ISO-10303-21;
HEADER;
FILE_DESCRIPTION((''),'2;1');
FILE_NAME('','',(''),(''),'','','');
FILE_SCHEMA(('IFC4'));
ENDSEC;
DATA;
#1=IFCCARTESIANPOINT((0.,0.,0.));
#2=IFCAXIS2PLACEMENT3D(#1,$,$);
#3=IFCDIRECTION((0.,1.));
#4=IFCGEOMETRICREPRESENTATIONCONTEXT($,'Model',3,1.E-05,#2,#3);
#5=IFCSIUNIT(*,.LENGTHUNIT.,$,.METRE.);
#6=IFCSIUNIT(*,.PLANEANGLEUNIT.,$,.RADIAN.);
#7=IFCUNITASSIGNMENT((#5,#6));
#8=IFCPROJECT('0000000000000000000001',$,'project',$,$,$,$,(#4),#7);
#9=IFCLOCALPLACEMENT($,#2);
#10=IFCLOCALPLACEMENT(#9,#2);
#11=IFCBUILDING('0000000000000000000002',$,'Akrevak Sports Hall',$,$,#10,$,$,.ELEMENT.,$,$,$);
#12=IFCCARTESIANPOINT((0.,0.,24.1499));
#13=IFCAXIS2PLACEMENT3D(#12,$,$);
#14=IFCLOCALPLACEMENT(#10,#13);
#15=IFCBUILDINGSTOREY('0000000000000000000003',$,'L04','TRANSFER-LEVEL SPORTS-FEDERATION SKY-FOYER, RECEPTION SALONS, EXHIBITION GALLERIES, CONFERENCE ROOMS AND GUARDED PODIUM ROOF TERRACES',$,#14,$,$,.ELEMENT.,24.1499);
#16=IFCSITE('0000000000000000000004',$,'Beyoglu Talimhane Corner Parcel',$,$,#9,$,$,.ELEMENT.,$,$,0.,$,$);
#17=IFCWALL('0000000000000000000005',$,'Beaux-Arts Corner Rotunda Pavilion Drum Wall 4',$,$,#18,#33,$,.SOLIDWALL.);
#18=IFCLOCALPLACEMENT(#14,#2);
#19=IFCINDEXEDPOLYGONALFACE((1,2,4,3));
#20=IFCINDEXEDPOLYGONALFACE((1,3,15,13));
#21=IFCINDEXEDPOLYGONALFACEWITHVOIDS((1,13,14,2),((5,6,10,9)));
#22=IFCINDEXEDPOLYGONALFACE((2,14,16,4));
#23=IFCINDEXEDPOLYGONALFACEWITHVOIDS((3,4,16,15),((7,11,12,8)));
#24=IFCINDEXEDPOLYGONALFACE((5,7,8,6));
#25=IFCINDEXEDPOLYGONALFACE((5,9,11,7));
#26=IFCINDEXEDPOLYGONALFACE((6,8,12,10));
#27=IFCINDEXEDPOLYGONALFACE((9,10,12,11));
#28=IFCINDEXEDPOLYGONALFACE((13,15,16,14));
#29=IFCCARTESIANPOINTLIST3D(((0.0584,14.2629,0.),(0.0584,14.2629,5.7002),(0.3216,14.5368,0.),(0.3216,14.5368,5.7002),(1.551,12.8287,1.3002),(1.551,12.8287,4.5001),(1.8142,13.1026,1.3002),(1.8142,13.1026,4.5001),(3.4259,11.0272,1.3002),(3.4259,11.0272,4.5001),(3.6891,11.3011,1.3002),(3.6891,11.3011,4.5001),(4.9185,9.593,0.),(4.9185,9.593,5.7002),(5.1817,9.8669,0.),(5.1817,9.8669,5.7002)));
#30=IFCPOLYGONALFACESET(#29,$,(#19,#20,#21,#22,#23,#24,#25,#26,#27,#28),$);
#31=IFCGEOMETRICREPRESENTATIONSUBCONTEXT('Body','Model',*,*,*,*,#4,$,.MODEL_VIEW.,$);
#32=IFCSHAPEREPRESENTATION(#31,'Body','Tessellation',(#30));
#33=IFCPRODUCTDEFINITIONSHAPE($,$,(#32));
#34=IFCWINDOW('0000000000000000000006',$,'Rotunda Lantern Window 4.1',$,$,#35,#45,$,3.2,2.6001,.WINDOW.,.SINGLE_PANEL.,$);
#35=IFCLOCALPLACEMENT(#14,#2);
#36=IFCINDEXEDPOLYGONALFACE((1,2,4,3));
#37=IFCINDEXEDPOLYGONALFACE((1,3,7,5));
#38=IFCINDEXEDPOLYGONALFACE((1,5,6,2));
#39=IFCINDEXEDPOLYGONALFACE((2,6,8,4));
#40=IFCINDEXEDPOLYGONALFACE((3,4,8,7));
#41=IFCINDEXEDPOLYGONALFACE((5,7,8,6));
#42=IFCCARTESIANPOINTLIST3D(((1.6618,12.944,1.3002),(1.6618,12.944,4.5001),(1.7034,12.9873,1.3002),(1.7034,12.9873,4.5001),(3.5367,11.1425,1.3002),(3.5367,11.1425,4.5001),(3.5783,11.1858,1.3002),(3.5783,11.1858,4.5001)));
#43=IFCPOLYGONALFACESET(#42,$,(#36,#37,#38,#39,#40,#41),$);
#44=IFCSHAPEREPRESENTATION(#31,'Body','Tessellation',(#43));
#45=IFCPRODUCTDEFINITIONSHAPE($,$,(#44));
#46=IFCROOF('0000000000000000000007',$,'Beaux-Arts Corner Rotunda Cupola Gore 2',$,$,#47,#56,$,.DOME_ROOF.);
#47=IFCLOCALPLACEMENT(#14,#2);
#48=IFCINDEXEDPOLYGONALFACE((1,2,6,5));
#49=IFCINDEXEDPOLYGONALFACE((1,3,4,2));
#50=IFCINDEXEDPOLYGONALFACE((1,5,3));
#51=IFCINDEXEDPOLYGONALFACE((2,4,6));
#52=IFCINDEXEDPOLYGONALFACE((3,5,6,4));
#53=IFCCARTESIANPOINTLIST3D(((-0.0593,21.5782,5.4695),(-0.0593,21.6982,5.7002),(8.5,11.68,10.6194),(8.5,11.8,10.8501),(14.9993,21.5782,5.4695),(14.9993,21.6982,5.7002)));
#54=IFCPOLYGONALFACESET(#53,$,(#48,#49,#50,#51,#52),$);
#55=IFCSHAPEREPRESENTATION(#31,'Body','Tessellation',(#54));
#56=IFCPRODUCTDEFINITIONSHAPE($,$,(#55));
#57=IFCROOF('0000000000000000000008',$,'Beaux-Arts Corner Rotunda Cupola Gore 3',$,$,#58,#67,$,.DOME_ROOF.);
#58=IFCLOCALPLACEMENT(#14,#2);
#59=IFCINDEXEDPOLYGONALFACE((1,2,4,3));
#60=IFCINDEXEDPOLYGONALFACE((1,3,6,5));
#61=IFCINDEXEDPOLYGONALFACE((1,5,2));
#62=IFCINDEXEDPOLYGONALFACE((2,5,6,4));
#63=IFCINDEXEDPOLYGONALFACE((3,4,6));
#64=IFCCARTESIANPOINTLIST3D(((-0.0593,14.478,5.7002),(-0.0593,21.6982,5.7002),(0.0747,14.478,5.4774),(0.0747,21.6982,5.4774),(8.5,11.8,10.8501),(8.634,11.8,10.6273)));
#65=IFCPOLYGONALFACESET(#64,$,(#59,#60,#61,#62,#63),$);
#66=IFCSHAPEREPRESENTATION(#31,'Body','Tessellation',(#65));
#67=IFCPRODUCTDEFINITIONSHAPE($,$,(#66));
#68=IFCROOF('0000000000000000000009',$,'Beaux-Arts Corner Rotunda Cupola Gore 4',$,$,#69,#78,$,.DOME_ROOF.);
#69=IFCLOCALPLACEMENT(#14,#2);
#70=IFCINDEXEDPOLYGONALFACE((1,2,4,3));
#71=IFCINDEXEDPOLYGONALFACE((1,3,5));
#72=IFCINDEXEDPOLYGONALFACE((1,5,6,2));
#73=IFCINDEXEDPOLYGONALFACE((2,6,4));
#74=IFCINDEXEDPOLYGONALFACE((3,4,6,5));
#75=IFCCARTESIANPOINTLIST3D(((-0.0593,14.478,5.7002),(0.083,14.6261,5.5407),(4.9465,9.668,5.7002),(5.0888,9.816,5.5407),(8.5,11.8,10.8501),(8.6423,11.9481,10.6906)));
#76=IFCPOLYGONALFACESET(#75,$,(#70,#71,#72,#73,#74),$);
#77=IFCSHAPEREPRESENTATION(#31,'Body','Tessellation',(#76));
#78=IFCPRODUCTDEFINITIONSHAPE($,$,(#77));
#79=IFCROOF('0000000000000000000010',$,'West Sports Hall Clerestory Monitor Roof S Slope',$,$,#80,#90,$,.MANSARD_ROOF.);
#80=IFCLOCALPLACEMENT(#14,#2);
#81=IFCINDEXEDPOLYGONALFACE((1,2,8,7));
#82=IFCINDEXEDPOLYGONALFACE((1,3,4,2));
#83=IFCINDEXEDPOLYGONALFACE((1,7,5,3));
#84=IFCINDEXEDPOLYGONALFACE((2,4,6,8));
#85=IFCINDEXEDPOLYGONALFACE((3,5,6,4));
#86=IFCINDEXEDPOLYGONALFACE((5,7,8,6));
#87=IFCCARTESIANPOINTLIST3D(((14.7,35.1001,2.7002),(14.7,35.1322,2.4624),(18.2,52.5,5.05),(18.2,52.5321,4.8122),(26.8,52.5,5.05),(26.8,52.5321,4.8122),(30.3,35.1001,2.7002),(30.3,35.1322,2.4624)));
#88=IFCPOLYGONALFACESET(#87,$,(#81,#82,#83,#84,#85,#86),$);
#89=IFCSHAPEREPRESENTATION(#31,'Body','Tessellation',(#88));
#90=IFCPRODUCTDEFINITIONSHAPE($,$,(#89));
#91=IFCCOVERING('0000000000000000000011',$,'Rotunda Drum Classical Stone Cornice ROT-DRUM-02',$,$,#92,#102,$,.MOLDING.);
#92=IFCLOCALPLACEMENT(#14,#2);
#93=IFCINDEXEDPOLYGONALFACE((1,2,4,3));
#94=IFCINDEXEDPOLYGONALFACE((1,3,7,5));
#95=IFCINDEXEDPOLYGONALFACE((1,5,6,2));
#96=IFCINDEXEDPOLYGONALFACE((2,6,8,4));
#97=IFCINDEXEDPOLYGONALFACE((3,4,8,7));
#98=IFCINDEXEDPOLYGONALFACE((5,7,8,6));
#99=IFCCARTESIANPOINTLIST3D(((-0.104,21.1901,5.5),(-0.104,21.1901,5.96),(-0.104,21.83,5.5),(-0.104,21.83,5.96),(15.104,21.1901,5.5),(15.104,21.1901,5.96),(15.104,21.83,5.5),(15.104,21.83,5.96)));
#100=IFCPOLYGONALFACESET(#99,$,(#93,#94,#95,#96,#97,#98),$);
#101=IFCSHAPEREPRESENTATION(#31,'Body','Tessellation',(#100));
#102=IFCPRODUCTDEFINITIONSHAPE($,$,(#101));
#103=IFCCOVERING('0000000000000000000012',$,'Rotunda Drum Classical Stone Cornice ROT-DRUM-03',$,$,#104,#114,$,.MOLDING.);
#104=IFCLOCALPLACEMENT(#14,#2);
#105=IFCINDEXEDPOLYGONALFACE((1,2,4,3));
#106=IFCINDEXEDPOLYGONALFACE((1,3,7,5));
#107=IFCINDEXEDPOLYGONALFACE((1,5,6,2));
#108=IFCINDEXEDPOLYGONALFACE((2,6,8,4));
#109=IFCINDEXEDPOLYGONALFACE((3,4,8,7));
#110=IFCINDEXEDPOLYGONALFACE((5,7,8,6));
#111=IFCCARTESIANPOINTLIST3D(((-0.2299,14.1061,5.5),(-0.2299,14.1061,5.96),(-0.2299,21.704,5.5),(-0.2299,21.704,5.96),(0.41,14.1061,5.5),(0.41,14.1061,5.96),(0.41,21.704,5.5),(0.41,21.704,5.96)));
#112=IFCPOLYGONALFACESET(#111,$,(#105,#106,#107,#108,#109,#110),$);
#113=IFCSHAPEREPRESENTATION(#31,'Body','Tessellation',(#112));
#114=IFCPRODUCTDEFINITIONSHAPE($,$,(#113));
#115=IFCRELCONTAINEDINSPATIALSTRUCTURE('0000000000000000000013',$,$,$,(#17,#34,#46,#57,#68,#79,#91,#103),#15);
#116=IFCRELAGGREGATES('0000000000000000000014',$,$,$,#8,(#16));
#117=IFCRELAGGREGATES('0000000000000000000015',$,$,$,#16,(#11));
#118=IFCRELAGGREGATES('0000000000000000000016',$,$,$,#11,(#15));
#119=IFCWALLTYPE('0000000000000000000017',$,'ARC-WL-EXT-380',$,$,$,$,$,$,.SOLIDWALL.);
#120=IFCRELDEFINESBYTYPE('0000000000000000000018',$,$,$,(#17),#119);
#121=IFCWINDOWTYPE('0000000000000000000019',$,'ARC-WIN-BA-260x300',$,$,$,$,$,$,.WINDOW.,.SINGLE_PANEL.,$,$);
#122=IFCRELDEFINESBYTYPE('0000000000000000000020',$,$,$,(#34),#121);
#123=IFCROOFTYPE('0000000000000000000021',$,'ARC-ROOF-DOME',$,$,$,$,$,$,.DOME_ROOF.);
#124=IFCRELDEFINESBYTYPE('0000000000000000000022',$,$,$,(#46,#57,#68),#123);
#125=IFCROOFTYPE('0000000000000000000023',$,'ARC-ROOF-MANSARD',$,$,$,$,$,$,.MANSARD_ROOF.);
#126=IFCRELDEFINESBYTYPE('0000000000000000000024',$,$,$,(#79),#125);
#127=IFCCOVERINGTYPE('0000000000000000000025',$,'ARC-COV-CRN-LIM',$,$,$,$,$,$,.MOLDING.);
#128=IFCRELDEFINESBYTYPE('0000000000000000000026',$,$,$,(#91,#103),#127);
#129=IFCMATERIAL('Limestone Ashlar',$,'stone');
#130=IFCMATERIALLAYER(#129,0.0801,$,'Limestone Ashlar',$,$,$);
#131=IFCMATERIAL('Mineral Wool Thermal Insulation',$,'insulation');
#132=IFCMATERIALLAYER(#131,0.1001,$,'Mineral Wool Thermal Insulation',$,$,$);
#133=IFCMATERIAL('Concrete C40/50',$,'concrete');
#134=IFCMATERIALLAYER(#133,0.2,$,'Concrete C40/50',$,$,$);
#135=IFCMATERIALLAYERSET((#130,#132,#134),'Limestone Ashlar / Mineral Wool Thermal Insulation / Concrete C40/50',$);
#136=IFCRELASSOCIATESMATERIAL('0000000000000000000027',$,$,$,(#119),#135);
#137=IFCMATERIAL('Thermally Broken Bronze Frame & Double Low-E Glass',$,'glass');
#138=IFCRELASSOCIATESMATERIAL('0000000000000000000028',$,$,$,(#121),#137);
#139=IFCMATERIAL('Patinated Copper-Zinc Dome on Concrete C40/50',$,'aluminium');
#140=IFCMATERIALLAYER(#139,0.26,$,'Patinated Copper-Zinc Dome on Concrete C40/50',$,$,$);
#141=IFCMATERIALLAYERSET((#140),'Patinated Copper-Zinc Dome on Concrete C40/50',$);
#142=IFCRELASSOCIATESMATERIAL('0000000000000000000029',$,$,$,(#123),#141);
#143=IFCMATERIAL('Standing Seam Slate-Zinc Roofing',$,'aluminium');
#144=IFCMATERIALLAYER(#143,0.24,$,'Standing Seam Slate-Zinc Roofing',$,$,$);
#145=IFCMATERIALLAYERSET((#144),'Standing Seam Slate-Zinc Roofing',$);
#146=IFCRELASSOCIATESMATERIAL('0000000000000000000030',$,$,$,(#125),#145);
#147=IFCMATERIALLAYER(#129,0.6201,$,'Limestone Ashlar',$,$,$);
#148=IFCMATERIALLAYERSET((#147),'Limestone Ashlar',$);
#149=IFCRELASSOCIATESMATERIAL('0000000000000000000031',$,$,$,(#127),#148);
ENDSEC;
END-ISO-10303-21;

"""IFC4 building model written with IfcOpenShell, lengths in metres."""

from ifc_helpers import new_model, si_unit, direction, frame, frame_2d, origin, origin_2d, place, context, subcontext, project, spatial, polyline, rectangle, outline, extrude, material, layer, layer_set, type_object, element, fill, save


model = new_model("IFC4")

# Units and contexts
model_context = context("Model", 3, precision=1e-05, world=origin(), true_north=direction((0.0, 1.0)))
body_context = subcontext(model_context, "Body", "Model", "MODEL_VIEW")
ifc_project = project(units=[si_unit("LENGTHUNIT", "METRE"), si_unit("PLANEANGLEUNIT", "RADIAN")], contexts=[model_context])

# Site, building, storey
site_placement = place(None, origin())
site = spatial("IfcSite", under=ifc_project, at=site_placement, Name="Beyoglu Talimhane Corner Parcel", CompositionType="ELEMENT", RefElevation=0.0)
building_placement = place(site_placement, origin())
building = spatial("IfcBuilding", under=site, at=building_placement, Name="Akrevak Sports Hall", CompositionType="ELEMENT")
storey_placement = place(building_placement, frame((0.0, 0.0, 24.1499)))
storey = spatial("IfcBuildingStorey", under=building, at=storey_placement, Name="L04", Description="TRANSFER-LEVEL SPORTS-FEDERATION SKY-FOYER, RECEPTION SALONS, EXHIBITION GALLERIES, CONFERENCE ROOMS AND GUARDED PODIUM ROOF TERRACES", CompositionType="ELEMENT", Elevation=24.1499)

# Shared definitions
ifc_material_1 = material(Name="Concrete C40/50", Category="concrete")

# Shared definitions
ifc_material_2 = material(Name="Limestone Ashlar", Category="stone")
ifc_layer_1 = layer(ifc_material_2, 0.0801, Name="Limestone Ashlar")
ifc_material_3 = material(Name="Mineral Wool Thermal Insulation", Category="insulation")
ifc_layer_2 = layer(ifc_material_3, 0.1001, Name="Mineral Wool Thermal Insulation")
ifc_layer_3 = layer(ifc_material_1, 0.2, Name="Concrete C40/50")
ifc_layer_set_1 = layer_set([ifc_layer_1, ifc_layer_2, ifc_layer_3], Name="Limestone Ashlar / Mineral Wool Thermal Insulation / Concrete C40/50")
wall_type = type_object("IfcWallType", Name="ARC-WL-EXT-380", PredefinedType="SOLIDWALL", material=ifc_layer_set_1)
ifc_material_4 = material(Name="Thermally Broken Bronze Frame & Double Low-E Glass", Category="glass")
window_type = type_object("IfcWindowType", Name="ARC-WIN-BA-260x300", PartitioningType="SINGLE_PANEL", PredefinedType="WINDOW", material=ifc_material_4)

# Wall, opening, window
wall_1_placement = place(storey_placement, frame((0.1899, 14.3999, 0.0), z_axis=(0.0, 0.0, 1.0), x_axis=(0.721075, -0.692857, 0.0)))
wall_1 = element("IfcWall", 1, at=wall_1_placement, inside=storey, type_object=wall_type, Name="Beaux-Arts Corner Rotunda Pavilion Drum Wall 4", PredefinedType="SOLIDWALL", context=body_context, shape_type="SweptSolid", body=[
    extrude(rectangle(XDim=6.74, YDim=0.3799, at=frame_2d((3.3701, 0.0))), origin(), (0.0, 0.0, 1.0), 5.7002),
])
opening_1_placement = place(wall_1_placement, frame((2.0701, 0.0, 1.3)))
opening_1 = element("IfcOpeningElement", 2, at=opening_1_placement, cuts=wall_1, PredefinedType="OPENING", context=body_context, shape_type="SweptSolid", body=[
    extrude(rectangle(XDim=2.6001, YDim=3.2, at=frame_2d((1.3, 1.6001))), frame((0.0, 0.2019, 0.0), z_axis=(0.0, -1.0, 0.0), x_axis=(1.0, 0.0, 0.0)), (0.0, 0.0, 1.0), 0.4038),
])
window_1_placement = place(opening_1_placement, origin())
window_1 = element("IfcWindow", 3, at=window_1_placement, inside=storey, type_object=window_type, Name="Rotunda Lantern Window 4.1", OverallHeight=3.2, OverallWidth=2.6001, PartitioningType="SINGLE_PANEL", PredefinedType="WINDOW", context=body_context, shape_type="SweptSolid", body=[
    extrude(rectangle(XDim=2.6001, YDim=3.2, at=frame_2d((1.3, 1.6001))), frame((0.0, 0.03, 0.0), z_axis=(0.0, -1.0, 0.0), x_axis=(1.0, 0.0, 0.0)), (0.0, 0.0, 1.0), 0.0601),
])
fill(opening_1, window_1)

# Roofs
ifc_material_5 = material(Name="Patinated Copper-Zinc Dome on Concrete C40/50", Category="aluminium")
ifc_layer_4 = layer(ifc_material_5, 0.26, Name="Patinated Copper-Zinc Dome on Concrete C40/50")
ifc_layer_set_2 = layer_set([ifc_layer_4], Name="Patinated Copper-Zinc Dome on Concrete C40/50")
roof_type_1 = type_object("IfcRoofType", Name="ARC-ROOF-DOME", PredefinedType="DOME_ROOF", material=ifc_layer_set_2)
roof_1_placement = place(storey_placement, frame((14.9993, 21.6982, 5.7002), z_axis=(0.0, 0.461553, 0.887113), x_axis=(-1.0, 0.0, 0.0)))
element("IfcRoof", 4, at=roof_1_placement, inside=storey, type_object=roof_type_1, Name="Beaux-Arts Corner Rotunda Cupola Gore 2", PredefinedType="DOME_ROOF", context=body_context, shape_type="SweptSolid", body=[
    extrude(outline(polyline([(0.0, 0.0), (15.0586, 0.0), (6.4993, 11.1578), (0.0, 0.0)])), origin(), (0.0, 0.0, -1.0), 0.26),
])
roof_2_placement = place(storey_placement, frame((-0.0593, 21.6982, 5.7002), z_axis=(-0.515548, 0.0, 0.85686), x_axis=(0.0, -1.0, 0.0)))
element("IfcRoof", 5, at=roof_2_placement, inside=storey, type_object=roof_type_1, Name="Beaux-Arts Corner Rotunda Cupola Gore 3", PredefinedType="DOME_ROOF", context=body_context, shape_type="SweptSolid", body=[
    extrude(outline(polyline([(0.0, 0.0), (7.2202, 0.0), (9.8982, 9.9892), (0.0, 0.0)])), origin(), (0.0, 0.0, -1.0), 0.26),
])
roof_3_placement = place(storey_placement, frame((-0.0593, 14.478, 5.7002), z_axis=(-0.547224, -0.5695, 0.613364), x_axis=(0.721068, -0.692864, 0.0)))
element("IfcRoof", 6, at=roof_3_placement, inside=storey, type_object=roof_type_1, Name="Beaux-Arts Corner Rotunda Cupola Gore 4", PredefinedType="DOME_ROOF", context=body_context, shape_type="SweptSolid", body=[
    extrude(outline(polyline([(0.0, 0.0), (6.9423, 0.0), (8.0273, 6.5205), (0.0, 0.0)])), origin(), (0.0, 0.0, -1.0), 0.26),
])
ifc_material_6 = material(Name="Standing Seam Slate-Zinc Roofing", Category="aluminium")
ifc_layer_5 = layer(ifc_material_6, 0.24, Name="Standing Seam Slate-Zinc Roofing")
ifc_layer_set_3 = layer_set([ifc_layer_5], Name="Standing Seam Slate-Zinc Roofing")
roof_type_2 = type_object("IfcRoofType", Name="ARC-ROOF-MANSARD", PredefinedType="MANSARD_ROOF", material=ifc_layer_set_3)
roof_4_placement = place(storey_placement, frame((14.7, 35.1001, 2.7002), z_axis=(0.0, -0.133835, 0.991004), x_axis=(1.0, 0.0, 0.0)))
element("IfcRoof", 7, at=roof_4_placement, inside=storey, type_object=roof_type_2, Name="West Sports Hall Clerestory Monitor Roof S Slope", PredefinedType="MANSARD_ROOF", context=body_context, shape_type="SweptSolid", body=[
    extrude(outline(polyline([(0.0, 0.0), (15.6001, 0.0), (12.1001, 17.5579), (3.5, 17.5579), (0.0, 0.0)])), origin(), (0.0, 0.0, -1.0), 0.24),
])

# Coverings
ifc_layer_6 = layer(ifc_material_2, 0.6201, Name="Limestone Ashlar")
ifc_layer_set_4 = layer_set([ifc_layer_6], Name="Limestone Ashlar")
covering_type = type_object("IfcCoveringType", Name="ARC-COV-CRN-LIM", PredefinedType="MOLDING", material=ifc_layer_set_4)
covering_1_placement = place(storey_placement, frame((7.5, 21.51, 5.5), z_axis=(0.0, 0.0, 1.0), x_axis=(-1.0, 0.0, 0.0)))
element("IfcCovering", 8, at=covering_1_placement, inside=storey, type_object=covering_type, Name="Rotunda Drum Classical Stone Cornice ROT-DRUM-02", PredefinedType="MOLDING", context=body_context, shape_type="SweptSolid", body=[
    extrude(rectangle(XDim=15.208, YDim=0.6399, at=origin_2d()), origin(), (0.0, 0.0, 1.0), 0.46),
])
covering_2_placement = place(storey_placement, frame((0.0901, 17.905, 5.5), z_axis=(0.0, 0.0, 1.0), x_axis=(0.0, -1.0, 0.0)))
element("IfcCovering", 9, at=covering_2_placement, inside=storey, type_object=covering_type, Name="Rotunda Drum Classical Stone Cornice ROT-DRUM-03", PredefinedType="MOLDING", context=body_context, shape_type="SweptSolid", body=[
    extrude(rectangle(XDim=7.5979, YDim=0.6399, at=origin_2d()), origin(), (0.0, 0.0, 1.0), 0.46),
])

save(model, "model.ifc")
